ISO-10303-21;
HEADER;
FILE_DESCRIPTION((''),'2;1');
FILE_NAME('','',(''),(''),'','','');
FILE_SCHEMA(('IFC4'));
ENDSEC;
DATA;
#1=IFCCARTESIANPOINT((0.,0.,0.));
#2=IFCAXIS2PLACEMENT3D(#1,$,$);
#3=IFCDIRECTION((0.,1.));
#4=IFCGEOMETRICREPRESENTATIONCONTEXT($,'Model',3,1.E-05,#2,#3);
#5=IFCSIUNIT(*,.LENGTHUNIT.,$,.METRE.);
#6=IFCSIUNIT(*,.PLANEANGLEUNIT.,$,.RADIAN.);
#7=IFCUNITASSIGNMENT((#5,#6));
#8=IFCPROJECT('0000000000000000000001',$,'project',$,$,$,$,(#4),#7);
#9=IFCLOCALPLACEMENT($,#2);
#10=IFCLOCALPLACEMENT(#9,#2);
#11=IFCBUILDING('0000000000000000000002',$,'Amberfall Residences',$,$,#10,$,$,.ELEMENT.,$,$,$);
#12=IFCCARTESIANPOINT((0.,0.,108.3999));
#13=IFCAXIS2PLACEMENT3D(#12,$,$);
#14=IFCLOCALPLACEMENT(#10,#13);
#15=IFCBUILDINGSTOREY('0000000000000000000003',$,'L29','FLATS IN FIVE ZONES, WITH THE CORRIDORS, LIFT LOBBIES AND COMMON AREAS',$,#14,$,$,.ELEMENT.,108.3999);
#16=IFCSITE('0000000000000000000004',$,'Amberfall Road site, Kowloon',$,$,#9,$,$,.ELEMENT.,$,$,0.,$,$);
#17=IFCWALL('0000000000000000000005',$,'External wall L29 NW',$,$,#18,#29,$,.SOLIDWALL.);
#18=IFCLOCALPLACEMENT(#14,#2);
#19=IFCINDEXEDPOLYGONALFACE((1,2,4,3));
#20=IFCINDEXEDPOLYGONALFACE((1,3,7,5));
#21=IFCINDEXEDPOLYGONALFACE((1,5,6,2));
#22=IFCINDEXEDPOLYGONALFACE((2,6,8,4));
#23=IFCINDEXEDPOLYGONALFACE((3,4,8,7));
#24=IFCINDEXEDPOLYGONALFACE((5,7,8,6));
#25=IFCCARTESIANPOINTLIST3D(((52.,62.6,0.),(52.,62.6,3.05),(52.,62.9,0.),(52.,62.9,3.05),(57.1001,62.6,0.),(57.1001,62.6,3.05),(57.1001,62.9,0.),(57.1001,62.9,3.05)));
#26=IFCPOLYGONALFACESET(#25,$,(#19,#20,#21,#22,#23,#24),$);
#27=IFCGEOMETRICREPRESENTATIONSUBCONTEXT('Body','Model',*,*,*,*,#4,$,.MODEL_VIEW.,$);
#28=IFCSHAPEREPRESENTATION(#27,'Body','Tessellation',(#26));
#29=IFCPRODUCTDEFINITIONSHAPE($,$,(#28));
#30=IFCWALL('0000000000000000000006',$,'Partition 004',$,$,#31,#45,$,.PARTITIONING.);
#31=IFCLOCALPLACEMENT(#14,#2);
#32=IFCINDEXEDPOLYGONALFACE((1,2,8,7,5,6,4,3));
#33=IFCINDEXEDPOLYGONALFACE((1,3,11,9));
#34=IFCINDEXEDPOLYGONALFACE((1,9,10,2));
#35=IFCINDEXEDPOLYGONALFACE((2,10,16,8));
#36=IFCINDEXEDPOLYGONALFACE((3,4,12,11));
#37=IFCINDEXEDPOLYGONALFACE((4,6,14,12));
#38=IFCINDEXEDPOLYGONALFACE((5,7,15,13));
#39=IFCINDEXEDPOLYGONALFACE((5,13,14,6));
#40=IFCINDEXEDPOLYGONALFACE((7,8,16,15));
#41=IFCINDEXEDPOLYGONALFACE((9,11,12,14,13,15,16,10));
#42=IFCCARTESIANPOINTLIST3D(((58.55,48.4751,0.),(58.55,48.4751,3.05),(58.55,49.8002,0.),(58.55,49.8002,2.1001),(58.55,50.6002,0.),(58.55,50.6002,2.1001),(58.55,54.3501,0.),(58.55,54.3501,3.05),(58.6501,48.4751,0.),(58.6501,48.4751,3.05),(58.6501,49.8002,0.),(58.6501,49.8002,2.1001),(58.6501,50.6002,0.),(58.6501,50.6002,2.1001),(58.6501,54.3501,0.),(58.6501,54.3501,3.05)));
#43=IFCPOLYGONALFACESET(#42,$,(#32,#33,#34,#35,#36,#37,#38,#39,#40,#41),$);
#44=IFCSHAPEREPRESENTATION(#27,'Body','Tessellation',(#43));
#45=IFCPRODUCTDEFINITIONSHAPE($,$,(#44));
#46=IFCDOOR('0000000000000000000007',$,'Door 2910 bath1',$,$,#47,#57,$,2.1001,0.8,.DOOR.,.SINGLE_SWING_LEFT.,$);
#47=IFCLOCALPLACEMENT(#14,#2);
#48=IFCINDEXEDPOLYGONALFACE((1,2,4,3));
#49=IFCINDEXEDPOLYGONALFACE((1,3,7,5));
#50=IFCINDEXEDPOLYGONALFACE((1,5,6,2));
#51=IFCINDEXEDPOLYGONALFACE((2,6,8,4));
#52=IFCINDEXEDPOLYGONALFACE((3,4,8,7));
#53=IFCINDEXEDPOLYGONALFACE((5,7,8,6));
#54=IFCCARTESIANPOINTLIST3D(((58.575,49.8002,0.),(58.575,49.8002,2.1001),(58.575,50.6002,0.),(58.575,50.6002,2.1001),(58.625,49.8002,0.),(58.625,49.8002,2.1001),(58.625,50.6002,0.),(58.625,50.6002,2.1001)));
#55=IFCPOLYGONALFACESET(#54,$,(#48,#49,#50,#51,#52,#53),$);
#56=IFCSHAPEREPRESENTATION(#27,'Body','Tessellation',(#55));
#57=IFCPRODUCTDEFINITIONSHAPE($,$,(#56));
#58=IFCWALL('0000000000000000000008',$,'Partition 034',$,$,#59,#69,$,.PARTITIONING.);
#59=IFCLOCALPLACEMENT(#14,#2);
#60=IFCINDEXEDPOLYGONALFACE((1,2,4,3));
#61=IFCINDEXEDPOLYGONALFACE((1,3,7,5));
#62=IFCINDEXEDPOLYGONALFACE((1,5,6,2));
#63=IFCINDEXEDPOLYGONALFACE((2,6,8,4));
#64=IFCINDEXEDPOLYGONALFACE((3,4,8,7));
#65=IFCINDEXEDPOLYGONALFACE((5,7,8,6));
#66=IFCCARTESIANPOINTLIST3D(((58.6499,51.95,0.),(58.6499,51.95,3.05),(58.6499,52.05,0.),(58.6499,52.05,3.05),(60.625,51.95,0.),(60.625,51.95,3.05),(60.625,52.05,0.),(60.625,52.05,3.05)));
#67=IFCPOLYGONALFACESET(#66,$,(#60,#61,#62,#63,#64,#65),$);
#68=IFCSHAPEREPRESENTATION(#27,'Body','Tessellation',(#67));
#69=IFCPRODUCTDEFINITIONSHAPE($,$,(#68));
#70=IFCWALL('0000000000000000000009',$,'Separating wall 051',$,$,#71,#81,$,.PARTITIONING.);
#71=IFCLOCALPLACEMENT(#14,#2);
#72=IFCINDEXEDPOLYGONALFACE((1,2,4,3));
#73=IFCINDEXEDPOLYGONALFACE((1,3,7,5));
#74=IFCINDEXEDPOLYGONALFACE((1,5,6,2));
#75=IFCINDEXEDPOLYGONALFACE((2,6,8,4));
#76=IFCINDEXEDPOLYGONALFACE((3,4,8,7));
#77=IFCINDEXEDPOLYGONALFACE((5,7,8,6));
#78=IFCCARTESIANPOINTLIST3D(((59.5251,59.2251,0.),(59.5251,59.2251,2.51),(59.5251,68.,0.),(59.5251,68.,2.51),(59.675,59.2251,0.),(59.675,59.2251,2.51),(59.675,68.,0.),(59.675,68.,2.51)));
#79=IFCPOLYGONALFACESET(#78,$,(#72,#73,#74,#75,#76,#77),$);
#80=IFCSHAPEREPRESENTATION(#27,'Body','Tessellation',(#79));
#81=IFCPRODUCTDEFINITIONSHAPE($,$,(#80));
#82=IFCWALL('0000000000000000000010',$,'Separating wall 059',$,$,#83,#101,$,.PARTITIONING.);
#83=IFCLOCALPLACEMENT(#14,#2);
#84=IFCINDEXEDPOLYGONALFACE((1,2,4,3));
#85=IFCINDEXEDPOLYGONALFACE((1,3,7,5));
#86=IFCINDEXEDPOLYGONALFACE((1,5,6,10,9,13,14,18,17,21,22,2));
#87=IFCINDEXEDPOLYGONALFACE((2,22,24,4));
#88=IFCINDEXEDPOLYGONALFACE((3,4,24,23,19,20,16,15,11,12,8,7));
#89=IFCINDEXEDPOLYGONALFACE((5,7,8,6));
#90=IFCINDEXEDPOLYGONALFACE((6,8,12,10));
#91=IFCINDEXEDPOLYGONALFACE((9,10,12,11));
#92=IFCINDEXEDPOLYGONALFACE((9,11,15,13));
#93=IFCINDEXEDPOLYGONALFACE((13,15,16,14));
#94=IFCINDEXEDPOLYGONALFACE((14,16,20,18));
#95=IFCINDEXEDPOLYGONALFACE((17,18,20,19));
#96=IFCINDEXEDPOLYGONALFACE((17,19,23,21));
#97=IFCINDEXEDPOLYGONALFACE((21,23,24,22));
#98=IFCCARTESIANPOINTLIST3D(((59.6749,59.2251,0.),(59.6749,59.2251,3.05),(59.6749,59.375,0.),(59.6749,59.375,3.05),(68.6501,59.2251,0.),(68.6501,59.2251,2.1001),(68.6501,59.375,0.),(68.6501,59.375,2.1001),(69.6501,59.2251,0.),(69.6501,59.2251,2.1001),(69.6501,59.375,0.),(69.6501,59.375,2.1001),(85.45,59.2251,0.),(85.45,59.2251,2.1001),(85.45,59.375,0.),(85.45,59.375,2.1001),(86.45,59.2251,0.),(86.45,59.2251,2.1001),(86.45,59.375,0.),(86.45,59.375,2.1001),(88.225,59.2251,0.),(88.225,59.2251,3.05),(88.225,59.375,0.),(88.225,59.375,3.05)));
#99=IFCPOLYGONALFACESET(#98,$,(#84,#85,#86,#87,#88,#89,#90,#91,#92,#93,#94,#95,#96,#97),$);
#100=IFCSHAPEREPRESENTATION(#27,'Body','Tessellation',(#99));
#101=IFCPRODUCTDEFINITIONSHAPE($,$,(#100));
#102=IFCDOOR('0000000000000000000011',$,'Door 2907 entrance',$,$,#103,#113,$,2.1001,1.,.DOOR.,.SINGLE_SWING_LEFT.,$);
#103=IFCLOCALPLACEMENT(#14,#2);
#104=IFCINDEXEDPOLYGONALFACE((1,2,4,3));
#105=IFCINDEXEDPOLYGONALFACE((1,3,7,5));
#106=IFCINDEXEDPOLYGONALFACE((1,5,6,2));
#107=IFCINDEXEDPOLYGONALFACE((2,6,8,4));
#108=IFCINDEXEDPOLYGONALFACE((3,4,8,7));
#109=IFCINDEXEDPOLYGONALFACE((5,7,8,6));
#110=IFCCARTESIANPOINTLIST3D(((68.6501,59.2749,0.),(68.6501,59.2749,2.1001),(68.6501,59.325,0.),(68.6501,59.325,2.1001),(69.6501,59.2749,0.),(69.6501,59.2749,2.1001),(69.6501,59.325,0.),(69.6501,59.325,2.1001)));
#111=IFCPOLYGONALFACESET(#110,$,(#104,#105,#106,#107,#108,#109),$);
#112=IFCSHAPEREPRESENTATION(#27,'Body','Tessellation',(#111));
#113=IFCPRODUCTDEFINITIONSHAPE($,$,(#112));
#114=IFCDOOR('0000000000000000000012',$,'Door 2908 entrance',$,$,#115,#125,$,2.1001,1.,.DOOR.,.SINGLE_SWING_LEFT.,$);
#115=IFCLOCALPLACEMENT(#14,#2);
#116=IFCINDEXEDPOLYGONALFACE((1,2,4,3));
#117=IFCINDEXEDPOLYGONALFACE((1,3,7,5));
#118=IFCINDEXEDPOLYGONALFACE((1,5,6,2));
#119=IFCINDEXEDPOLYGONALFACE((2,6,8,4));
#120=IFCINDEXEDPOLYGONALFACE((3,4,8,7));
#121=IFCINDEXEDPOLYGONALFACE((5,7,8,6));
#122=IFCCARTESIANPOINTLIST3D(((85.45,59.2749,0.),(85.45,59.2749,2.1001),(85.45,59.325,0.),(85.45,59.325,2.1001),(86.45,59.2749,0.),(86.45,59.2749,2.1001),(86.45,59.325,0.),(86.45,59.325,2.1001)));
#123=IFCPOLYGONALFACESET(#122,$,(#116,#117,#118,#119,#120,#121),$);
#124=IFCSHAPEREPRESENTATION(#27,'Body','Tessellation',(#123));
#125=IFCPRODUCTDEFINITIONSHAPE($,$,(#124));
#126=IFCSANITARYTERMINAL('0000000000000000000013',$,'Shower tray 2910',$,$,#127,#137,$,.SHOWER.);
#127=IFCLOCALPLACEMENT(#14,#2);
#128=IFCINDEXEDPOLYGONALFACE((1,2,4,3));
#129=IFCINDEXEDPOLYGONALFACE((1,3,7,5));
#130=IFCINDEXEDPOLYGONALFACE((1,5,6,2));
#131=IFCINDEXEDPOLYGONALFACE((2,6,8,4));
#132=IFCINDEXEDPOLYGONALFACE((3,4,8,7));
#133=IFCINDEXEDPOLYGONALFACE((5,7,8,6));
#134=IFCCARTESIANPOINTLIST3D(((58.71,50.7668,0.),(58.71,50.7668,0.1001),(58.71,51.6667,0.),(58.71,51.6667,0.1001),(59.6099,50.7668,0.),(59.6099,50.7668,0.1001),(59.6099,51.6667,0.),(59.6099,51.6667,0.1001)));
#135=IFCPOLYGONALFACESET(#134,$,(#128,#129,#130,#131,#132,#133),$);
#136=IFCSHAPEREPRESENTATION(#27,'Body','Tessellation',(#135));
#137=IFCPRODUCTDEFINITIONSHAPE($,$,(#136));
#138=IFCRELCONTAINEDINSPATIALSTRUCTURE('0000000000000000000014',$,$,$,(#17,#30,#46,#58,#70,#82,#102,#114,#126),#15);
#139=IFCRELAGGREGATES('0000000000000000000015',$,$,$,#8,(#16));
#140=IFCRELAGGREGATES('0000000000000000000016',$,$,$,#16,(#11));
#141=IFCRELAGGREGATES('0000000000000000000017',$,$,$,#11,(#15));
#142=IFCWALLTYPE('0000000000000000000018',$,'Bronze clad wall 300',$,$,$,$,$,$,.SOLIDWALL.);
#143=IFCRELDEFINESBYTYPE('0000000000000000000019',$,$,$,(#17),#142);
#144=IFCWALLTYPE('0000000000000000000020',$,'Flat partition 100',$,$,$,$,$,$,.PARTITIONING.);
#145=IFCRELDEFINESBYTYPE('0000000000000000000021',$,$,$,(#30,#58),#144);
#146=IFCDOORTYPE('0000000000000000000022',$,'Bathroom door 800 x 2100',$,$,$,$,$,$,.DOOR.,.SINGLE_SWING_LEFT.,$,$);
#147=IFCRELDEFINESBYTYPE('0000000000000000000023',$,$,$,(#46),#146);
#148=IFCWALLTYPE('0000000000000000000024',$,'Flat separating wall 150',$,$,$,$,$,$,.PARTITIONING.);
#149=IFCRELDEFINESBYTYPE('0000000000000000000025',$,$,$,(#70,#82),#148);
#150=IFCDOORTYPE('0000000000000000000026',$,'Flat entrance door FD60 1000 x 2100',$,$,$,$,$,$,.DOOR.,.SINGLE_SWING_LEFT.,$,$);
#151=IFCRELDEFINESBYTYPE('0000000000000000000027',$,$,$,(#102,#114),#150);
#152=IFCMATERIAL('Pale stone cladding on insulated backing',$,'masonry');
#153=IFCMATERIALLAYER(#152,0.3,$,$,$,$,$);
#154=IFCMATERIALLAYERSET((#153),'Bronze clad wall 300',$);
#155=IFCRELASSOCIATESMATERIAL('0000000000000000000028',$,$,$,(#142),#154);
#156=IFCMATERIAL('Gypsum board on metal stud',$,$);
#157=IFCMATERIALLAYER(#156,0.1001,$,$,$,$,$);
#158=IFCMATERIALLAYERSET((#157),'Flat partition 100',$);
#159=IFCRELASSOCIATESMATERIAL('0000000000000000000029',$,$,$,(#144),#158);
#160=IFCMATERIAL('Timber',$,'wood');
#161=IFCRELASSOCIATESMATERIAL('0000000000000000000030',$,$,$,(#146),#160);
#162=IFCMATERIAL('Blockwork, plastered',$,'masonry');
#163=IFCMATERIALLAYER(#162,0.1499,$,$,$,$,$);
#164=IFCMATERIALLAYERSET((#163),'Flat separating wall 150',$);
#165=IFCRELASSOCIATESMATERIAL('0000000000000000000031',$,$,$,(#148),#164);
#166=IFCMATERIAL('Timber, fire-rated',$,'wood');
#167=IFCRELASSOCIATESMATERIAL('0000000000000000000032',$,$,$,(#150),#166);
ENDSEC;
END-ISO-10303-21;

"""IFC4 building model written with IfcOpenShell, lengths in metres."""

from ifc_helpers import new_model, si_unit, direction, frame, frame_2d, origin, origin_2d, place, context, subcontext, project, spatial, rectangle, extrude, material, layer, layer_set, type_object, element, fill, save


model = new_model("IFC4")

# Units and contexts
model_context = context("Model", 3, precision=1e-05, world=origin(), true_north=direction((0.0, 1.0)))
body_context = subcontext(model_context, "Body", "Model", "MODEL_VIEW")
ifc_project = project(units=[si_unit("LENGTHUNIT", "METRE"), si_unit("PLANEANGLEUNIT", "RADIAN")], contexts=[model_context])

# Site, building, storey
site_placement = place(None, origin())
site = spatial("IfcSite", under=ifc_project, at=site_placement, Name="Amberfall Road site, Kowloon", CompositionType="ELEMENT", RefElevation=0.0)
building_placement = place(site_placement, origin())
building = spatial("IfcBuilding", under=site, at=building_placement, Name="Amberfall Residences", CompositionType="ELEMENT")
storey_placement = place(building_placement, frame((0.0, 0.0, 108.3999)))
storey = spatial("IfcBuildingStorey", under=building, at=storey_placement, Name="L29", Description="FLATS IN FIVE ZONES, WITH THE CORRIDORS, LIFT LOBBIES AND COMMON AREAS", CompositionType="ELEMENT", Elevation=108.3999)

# Shared definitions
ifc_material_1 = material(Name="Pale stone cladding on insulated backing", Category="masonry")
ifc_layer_1 = layer(ifc_material_1, 0.3)
ifc_layer_set_1 = layer_set([ifc_layer_1], Name="Bronze clad wall 300")
wall_type_1 = type_object("IfcWallType", Name="Bronze clad wall 300", PredefinedType="SOLIDWALL", material=ifc_layer_set_1)

# Wall
wall_1_placement = place(storey_placement, frame((57.1001, 62.75, 0.0), z_axis=(0.0, 0.0, 1.0), x_axis=(-1.0, 0.0, 0.0)))
element("IfcWall", 1, at=wall_1_placement, inside=storey, type_object=wall_type_1, Name="External wall L29 NW", PredefinedType="SOLIDWALL", context=body_context, shape_type="SweptSolid", body=[
    extrude(rectangle(XDim=5.1001, YDim=0.3, at=frame_2d((2.55, 0.0))), origin(), (0.0, 0.0, 1.0), 3.05),
])

# Wall, opening, door
ifc_material_2 = material(Name="Gypsum board on metal stud")
ifc_layer_2 = layer(ifc_material_2, 0.1001)
ifc_layer_set_2 = layer_set([ifc_layer_2], Name="Flat partition 100")
wall_type_2 = type_object("IfcWallType", Name="Flat partition 100", PredefinedType="PARTITIONING", material=ifc_layer_set_2)
wall_2_placement = place(storey_placement, frame((58.6001, 54.3501, 0.0), z_axis=(0.0, 0.0, 1.0), x_axis=(0.0, -1.0, 0.0)))
wall_2 = element("IfcWall", 2, at=wall_2_placement, inside=storey, type_object=wall_type_2, Name="Partition 004", PredefinedType="PARTITIONING", context=body_context, shape_type="SweptSolid", body=[
    extrude(rectangle(XDim=5.875, YDim=0.1001, at=frame_2d((2.9375, 0.0))), origin(), (0.0, 0.0, 1.0), 3.05),
])
opening_1_placement = place(wall_2_placement, frame((3.75, 0.0, 0.0)))
opening_1 = element("IfcOpeningElement", 3, at=opening_1_placement, cuts=wall_2, PredefinedType="OPENING", context=body_context, shape_type="SweptSolid", body=[
    extrude(rectangle(XDim=0.8, YDim=2.1001, at=frame_2d((0.3999, 1.05))), frame((0.0, 0.0601, 0.0), z_axis=(0.0, -1.0, 0.0), x_axis=(1.0, 0.0, 0.0)), (0.0, 0.0, 1.0), 0.1201),
])
ifc_material_3 = material(Name="Timber", Category="wood")
door_type_1 = type_object("IfcDoorType", Name="Bathroom door 800 x 2100", OperationType="SINGLE_SWING_LEFT", PredefinedType="DOOR", material=ifc_material_3)
door_1_placement = place(opening_1_placement, origin())
door_1 = element("IfcDoor", 4, at=door_1_placement, inside=storey, type_object=door_type_1, Name="Door 2910 bath1", OperationType="SINGLE_SWING_LEFT", OverallHeight=2.1001, OverallWidth=0.8, PredefinedType="DOOR", context=body_context, shape_type="SweptSolid", body=[
    extrude(rectangle(XDim=0.8, YDim=2.1001, at=frame_2d((0.3999, 1.05))), frame((0.0, 0.0249, 0.0), z_axis=(0.0, -1.0, 0.0), x_axis=(1.0, 0.0, 0.0)), (0.0, 0.0, 1.0), 0.05),
])
fill(opening_1, door_1)

# Walls
wall_3_placement = place(storey_placement, frame((58.6499, 52.0, 0.0), z_axis=(0.0, 0.0, 1.0), x_axis=(1.0, 0.0, 0.0)))
element("IfcWall", 5, at=wall_3_placement, inside=storey, type_object=wall_type_2, Name="Partition 034", PredefinedType="PARTITIONING", context=body_context, shape_type="SweptSolid", body=[
    extrude(rectangle(XDim=1.9751, YDim=0.1001, at=frame_2d((0.9875, 0.0))), origin(), (0.0, 0.0, 1.0), 3.05),
])
ifc_material_4 = material(Name="Blockwork, plastered", Category="masonry")
ifc_layer_3 = layer(ifc_material_4, 0.1499)
ifc_layer_set_3 = layer_set([ifc_layer_3], Name="Flat separating wall 150")
wall_type_3 = type_object("IfcWallType", Name="Flat separating wall 150", PredefinedType="PARTITIONING", material=ifc_layer_set_3)
wall_4_placement = place(storey_placement, frame((59.6001, 59.2251, 0.0), z_axis=(0.0, 0.0, 1.0), x_axis=(0.0, 1.0, 0.0)))
element("IfcWall", 6, at=wall_4_placement, inside=storey, type_object=wall_type_3, Name="Separating wall 051", PredefinedType="PARTITIONING", context=body_context, shape_type="SweptSolid", body=[
    extrude(rectangle(XDim=8.7749, YDim=0.1499, at=frame_2d((4.3875, 0.0))), origin(), (0.0, 0.0, 1.0), 2.51),
])

# Wall, openings, doors
wall_5_placement = place(storey_placement, frame((59.675, 59.3, 0.0), z_axis=(0.0, 0.0, 1.0), x_axis=(1.0, 0.0, 0.0)))
wall_5 = element("IfcWall", 7, at=wall_5_placement, inside=storey, type_object=wall_type_3, Name="Separating wall 059", PredefinedType="PARTITIONING", context=body_context, shape_type="SweptSolid", body=[
    extrude(rectangle(XDim=28.55, YDim=0.1499, at=frame_2d((14.2749, 0.0))), origin(), (0.0, 0.0, 1.0), 3.05),
])
opening_2_placement = place(wall_5_placement, frame((8.9751, 0.0, 0.0)))
opening_2 = element("IfcOpeningElement", 8, at=opening_2_placement, cuts=wall_5, PredefinedType="OPENING", context=body_context, shape_type="SweptSolid", body=[
    extrude(rectangle(XDim=1.0, YDim=2.1001, at=frame_2d((0.5, 1.05))), frame((0.0, 0.085, 0.0), z_axis=(0.0, -1.0, 0.0), x_axis=(1.0, 0.0, 0.0)), (0.0, 0.0, 1.0), 0.1699),
])
opening_3_placement = place(wall_5_placement, frame((25.7749, 0.0, 0.0)))
opening_3 = element("IfcOpeningElement", 9, at=opening_3_placement, cuts=wall_5, PredefinedType="OPENING", context=body_context, shape_type="SweptSolid", body=[
    extrude(rectangle(XDim=1.0, YDim=2.1001, at=frame_2d((0.5, 1.05))), frame((0.0, 0.085, 0.0), z_axis=(0.0, -1.0, 0.0), x_axis=(1.0, 0.0, 0.0)), (0.0, 0.0, 1.0), 0.1699),
])
ifc_material_5 = material(Name="Timber, fire-rated", Category="wood")
door_type_2 = type_object("IfcDoorType", Name="Flat entrance door FD60 1000 x 2100", OperationType="SINGLE_SWING_LEFT", PredefinedType="DOOR", material=ifc_material_5)
door_2_placement = place(opening_2_placement, origin())
door_2 = element("IfcDoor", 10, at=door_2_placement, inside=storey, type_object=door_type_2, Name="Door 2907 entrance", OperationType="SINGLE_SWING_LEFT", OverallHeight=2.1001, OverallWidth=1.0, PredefinedType="DOOR", context=body_context, shape_type="SweptSolid", body=[
    extrude(rectangle(XDim=1.0, YDim=2.1001, at=frame_2d((0.5, 1.05))), frame((0.0, 0.0249, 0.0), z_axis=(0.0, -1.0, 0.0), x_axis=(1.0, 0.0, 0.0)), (0.0, 0.0, 1.0), 0.05),
])
fill(opening_2, door_2)
door_3_placement = place(opening_3_placement, origin())
door_3 = element("IfcDoor", 11, at=door_3_placement, inside=storey, type_object=door_type_2, Name="Door 2908 entrance", OperationType="SINGLE_SWING_LEFT", OverallHeight=2.1001, OverallWidth=1.0, PredefinedType="DOOR", context=body_context, shape_type="SweptSolid", body=[
    extrude(rectangle(XDim=1.0, YDim=2.1001, at=frame_2d((0.5, 1.05))), frame((0.0, 0.0249, 0.0), z_axis=(0.0, -1.0, 0.0), x_axis=(1.0, 0.0, 0.0)), (0.0, 0.0, 1.0), 0.05),
])
fill(opening_3, door_3)

# Sanitary terminal
sanitary_terminal_placement = place(storey_placement, frame((59.1599, 51.2168, 0.0), z_axis=(0.0, 0.0, 1.0), x_axis=(1.0, 0.0, 0.0)))
element("IfcSanitaryTerminal", 12, at=sanitary_terminal_placement, inside=storey, Name="Shower tray 2910", PredefinedType="SHOWER", context=body_context, shape_type="SweptSolid", body=[
    extrude(rectangle(XDim=0.8999, YDim=0.8999, at=origin_2d()), origin(), (0.0, 0.0, 1.0), 0.1001),
])

save(model, "model.ifc")
